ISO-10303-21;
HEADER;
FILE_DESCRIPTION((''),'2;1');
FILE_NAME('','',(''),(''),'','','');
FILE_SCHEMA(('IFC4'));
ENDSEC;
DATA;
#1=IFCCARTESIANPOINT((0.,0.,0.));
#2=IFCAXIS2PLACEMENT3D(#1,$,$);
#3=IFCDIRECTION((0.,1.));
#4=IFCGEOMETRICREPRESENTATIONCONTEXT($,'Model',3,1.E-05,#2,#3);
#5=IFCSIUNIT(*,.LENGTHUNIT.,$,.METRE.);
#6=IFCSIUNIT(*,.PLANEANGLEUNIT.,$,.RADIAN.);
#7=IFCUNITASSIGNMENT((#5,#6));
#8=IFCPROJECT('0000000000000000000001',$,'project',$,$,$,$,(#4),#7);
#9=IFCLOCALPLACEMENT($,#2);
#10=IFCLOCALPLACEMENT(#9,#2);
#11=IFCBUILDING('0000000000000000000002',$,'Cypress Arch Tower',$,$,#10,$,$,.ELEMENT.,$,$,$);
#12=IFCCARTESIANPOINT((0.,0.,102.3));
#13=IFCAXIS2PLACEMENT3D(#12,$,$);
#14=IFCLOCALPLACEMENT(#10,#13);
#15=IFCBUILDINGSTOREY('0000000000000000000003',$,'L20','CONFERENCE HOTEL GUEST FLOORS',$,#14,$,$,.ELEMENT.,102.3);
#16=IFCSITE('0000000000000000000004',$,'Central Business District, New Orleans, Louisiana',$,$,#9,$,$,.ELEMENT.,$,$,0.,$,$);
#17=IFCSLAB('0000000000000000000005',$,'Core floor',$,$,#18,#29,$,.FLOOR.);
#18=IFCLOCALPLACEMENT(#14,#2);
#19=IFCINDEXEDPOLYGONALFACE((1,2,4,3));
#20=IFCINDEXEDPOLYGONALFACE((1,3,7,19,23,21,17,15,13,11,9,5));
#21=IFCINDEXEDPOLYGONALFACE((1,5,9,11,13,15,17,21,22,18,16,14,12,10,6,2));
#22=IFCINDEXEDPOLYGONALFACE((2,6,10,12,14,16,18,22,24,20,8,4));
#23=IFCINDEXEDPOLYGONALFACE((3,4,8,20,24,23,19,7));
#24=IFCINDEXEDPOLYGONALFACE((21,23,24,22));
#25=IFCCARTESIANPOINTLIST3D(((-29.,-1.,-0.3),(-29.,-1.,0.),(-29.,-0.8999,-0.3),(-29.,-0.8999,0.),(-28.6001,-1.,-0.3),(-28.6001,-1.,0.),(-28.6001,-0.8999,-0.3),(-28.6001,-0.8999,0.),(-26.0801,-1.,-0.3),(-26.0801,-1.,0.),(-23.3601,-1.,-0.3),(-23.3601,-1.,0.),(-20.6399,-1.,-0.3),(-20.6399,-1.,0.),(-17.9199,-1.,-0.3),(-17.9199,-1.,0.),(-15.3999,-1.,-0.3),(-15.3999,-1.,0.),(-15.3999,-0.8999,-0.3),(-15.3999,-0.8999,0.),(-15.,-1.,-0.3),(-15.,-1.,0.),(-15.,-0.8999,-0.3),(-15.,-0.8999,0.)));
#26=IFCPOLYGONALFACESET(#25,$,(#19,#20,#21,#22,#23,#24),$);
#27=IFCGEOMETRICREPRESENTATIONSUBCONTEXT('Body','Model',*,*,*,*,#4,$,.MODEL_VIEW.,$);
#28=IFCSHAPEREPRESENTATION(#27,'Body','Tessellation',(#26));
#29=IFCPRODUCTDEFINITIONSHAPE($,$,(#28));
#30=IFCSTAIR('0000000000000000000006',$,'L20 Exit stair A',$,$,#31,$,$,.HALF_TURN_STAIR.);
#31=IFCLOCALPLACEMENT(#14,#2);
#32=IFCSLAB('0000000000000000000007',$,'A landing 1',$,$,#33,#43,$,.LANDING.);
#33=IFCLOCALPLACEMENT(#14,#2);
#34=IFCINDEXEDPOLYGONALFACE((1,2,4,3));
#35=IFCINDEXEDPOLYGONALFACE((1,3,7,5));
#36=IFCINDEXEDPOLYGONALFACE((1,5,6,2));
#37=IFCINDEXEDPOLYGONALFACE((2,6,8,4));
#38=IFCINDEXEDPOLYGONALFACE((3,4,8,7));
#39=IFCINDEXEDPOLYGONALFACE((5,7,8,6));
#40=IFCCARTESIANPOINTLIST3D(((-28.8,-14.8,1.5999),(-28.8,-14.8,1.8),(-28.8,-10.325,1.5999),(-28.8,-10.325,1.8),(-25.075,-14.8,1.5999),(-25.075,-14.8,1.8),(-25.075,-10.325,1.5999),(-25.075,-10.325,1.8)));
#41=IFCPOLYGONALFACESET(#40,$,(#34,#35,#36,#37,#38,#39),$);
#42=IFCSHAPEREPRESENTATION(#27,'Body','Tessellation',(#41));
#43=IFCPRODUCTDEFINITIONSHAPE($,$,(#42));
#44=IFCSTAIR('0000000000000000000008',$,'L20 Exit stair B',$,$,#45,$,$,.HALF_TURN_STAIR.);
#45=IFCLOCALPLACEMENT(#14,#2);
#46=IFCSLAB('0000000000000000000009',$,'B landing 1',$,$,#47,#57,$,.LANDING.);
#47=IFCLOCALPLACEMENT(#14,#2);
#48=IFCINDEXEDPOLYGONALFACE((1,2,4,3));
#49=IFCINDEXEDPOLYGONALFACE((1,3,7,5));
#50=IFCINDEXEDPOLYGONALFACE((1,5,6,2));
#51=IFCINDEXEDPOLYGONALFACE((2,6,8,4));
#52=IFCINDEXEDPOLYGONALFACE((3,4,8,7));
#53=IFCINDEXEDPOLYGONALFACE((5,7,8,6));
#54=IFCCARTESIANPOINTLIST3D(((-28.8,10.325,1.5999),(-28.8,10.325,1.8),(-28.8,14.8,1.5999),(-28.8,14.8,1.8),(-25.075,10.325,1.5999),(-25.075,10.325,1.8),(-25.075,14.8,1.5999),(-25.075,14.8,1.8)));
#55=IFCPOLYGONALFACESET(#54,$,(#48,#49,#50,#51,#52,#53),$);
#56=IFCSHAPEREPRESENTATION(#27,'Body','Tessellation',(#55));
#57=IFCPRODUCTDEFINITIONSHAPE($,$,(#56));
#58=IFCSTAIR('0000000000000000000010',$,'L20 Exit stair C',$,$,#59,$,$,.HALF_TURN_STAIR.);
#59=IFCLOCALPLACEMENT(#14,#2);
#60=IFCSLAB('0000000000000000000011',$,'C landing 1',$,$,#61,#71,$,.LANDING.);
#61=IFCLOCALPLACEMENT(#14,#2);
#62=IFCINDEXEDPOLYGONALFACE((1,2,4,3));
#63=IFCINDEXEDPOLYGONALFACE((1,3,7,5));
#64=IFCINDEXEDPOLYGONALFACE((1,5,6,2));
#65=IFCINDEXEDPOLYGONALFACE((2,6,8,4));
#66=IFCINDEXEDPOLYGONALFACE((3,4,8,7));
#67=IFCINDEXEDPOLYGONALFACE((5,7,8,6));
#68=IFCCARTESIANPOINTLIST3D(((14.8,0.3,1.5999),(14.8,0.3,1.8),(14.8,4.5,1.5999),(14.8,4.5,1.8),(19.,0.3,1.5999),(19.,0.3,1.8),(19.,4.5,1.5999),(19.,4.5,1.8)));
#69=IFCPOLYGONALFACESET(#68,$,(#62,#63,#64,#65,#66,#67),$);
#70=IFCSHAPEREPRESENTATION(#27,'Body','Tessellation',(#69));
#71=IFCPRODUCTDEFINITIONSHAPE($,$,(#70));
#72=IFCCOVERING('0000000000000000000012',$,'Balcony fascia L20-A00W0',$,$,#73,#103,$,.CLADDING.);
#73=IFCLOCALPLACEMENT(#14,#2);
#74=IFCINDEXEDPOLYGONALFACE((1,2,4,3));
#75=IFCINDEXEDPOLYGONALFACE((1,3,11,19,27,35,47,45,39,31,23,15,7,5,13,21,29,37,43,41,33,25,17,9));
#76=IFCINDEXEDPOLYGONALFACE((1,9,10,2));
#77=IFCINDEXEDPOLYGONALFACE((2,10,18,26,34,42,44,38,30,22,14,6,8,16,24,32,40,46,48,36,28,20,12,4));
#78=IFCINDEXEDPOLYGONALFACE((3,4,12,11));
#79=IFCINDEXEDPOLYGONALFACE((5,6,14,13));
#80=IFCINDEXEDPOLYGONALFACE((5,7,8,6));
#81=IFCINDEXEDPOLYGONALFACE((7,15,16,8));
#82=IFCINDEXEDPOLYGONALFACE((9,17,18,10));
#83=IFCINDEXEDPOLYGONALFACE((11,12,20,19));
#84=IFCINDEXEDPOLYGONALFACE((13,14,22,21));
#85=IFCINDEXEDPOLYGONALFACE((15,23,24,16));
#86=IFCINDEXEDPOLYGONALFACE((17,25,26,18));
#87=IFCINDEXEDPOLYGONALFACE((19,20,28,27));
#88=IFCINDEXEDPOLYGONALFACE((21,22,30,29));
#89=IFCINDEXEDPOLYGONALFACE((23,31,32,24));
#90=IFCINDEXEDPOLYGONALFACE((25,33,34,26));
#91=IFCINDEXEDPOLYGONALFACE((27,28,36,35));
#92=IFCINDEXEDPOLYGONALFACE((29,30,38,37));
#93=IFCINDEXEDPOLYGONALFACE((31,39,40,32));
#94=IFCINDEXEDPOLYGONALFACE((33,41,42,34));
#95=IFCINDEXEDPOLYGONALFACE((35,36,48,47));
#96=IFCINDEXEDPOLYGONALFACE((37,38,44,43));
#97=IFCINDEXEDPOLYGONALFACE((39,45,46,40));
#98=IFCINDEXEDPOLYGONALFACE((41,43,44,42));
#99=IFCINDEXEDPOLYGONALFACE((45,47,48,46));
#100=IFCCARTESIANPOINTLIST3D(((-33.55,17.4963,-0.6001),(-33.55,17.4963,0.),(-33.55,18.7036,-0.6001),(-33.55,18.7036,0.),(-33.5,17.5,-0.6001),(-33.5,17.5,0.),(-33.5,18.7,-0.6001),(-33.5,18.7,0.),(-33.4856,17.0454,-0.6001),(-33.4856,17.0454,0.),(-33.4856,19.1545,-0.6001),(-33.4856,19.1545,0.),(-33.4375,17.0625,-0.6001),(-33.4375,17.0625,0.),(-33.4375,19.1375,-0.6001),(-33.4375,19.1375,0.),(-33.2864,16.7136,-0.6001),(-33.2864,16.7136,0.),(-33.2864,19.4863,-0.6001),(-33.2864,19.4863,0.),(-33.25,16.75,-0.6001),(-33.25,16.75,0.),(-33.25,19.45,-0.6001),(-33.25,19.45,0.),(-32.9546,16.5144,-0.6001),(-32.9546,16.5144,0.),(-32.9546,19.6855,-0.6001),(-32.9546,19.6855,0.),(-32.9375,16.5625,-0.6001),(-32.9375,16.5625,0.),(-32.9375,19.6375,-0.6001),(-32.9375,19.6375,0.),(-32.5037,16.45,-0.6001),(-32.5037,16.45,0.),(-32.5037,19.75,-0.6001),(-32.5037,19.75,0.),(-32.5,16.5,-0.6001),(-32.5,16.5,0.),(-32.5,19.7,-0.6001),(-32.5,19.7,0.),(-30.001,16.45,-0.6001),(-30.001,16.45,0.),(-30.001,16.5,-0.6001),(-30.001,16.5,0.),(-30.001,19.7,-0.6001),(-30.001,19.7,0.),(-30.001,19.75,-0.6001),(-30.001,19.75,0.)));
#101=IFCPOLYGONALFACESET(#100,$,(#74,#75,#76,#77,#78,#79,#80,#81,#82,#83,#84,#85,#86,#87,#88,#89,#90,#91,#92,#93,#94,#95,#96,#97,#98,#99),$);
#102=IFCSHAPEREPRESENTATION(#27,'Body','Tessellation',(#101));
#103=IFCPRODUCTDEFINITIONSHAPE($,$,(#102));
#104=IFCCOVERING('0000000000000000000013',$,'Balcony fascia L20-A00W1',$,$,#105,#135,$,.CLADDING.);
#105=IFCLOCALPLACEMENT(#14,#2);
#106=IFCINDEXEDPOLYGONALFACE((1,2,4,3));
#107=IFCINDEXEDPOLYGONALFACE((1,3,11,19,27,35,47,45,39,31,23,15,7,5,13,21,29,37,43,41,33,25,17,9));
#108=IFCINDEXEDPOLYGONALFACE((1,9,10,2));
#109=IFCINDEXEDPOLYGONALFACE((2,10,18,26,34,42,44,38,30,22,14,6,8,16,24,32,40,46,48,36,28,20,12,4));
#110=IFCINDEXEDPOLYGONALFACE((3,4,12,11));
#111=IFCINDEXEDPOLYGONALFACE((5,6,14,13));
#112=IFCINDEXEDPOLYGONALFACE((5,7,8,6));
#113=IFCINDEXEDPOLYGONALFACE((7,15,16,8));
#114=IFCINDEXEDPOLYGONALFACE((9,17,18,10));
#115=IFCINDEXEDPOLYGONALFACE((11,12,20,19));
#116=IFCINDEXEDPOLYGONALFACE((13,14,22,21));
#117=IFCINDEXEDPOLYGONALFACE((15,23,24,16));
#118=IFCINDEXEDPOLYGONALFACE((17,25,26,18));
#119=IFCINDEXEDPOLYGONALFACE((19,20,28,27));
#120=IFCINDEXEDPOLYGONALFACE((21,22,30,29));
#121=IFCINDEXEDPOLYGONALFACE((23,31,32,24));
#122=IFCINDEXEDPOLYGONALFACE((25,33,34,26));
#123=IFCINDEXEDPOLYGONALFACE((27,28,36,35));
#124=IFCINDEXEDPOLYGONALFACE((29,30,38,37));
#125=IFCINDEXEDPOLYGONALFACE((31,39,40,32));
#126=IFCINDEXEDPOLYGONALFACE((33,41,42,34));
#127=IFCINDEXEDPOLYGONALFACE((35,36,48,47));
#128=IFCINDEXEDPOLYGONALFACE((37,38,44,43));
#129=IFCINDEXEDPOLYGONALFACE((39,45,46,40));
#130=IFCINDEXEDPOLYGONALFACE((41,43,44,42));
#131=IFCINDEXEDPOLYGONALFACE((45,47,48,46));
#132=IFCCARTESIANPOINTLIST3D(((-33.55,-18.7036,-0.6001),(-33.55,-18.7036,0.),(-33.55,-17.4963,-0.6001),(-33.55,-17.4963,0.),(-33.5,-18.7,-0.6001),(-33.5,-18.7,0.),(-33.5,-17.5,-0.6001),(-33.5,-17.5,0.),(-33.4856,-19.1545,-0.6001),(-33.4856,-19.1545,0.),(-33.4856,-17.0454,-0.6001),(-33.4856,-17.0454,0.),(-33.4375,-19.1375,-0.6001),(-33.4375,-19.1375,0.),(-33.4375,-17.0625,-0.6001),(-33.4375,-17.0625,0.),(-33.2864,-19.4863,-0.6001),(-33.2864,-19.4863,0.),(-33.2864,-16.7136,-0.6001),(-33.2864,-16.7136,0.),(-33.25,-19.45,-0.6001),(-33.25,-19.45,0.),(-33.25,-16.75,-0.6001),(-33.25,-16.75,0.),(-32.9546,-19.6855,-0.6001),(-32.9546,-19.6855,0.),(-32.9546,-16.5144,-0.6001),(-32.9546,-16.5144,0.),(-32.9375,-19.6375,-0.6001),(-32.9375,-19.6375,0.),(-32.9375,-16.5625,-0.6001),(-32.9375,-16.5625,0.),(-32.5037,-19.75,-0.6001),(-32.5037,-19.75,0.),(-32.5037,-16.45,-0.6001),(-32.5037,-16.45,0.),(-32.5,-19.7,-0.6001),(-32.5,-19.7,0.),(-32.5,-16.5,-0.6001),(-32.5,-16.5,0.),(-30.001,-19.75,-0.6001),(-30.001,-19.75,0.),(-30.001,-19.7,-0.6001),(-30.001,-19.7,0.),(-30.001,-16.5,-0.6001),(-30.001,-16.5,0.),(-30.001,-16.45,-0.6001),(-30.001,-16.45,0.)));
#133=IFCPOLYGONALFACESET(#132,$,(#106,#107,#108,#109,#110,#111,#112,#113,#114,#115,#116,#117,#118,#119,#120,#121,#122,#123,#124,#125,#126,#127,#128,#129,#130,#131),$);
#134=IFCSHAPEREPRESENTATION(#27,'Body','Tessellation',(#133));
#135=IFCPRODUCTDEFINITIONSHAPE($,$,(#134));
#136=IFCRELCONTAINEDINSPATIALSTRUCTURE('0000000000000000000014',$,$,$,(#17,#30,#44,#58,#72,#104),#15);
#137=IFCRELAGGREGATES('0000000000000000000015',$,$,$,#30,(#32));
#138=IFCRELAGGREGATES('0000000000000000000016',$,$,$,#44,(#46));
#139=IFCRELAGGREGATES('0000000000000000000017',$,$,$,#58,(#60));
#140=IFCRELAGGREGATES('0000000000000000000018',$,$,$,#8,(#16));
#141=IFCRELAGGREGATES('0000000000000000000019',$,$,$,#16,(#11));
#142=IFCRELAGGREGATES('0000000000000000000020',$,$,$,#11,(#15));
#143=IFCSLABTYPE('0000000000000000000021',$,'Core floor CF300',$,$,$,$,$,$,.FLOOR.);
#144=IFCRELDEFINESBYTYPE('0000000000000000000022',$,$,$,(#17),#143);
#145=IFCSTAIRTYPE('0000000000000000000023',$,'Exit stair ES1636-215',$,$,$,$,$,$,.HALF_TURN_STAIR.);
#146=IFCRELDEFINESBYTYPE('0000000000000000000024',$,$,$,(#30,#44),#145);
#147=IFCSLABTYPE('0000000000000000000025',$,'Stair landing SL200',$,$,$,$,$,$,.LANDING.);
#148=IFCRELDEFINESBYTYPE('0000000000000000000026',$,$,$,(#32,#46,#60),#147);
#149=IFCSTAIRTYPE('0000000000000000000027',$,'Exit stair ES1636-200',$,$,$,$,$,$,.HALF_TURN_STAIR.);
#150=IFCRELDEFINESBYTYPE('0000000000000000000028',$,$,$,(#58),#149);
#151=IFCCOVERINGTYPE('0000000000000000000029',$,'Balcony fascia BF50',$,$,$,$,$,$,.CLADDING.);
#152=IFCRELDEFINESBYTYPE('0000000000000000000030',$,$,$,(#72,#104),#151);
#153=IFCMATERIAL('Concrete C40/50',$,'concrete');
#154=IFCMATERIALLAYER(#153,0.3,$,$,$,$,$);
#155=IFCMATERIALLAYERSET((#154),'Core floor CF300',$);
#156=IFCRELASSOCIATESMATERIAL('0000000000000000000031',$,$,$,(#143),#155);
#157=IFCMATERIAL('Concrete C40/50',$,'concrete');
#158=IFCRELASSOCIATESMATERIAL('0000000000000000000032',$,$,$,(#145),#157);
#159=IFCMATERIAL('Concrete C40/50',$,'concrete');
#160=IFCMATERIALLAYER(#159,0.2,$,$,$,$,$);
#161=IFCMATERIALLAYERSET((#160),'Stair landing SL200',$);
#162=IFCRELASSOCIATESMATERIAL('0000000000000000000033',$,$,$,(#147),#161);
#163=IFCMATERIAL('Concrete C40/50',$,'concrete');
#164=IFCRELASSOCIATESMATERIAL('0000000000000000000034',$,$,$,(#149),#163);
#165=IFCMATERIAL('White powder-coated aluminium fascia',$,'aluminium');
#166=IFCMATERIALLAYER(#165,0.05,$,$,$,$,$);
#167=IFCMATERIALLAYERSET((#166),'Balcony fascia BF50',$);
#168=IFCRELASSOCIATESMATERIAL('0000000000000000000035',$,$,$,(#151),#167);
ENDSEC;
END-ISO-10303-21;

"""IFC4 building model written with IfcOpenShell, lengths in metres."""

from ifc_helpers import new_model, si_unit, direction, frame, origin, place, context, subcontext, project, spatial, polyline, outline, extrude, material, layer, layer_set, type_object, element, aggregate, save


model = new_model("IFC4")

# Units and contexts
model_context = context("Model", 3, precision=1e-05, world=origin(), true_north=direction((0.0, 1.0)))
body_context = subcontext(model_context, "Body", "Model", "MODEL_VIEW")
ifc_project = project(units=[si_unit("LENGTHUNIT", "METRE"), si_unit("PLANEANGLEUNIT", "RADIAN")], contexts=[model_context])

# Site, building, storey
site_placement = place(None, origin())
site = spatial("IfcSite", under=ifc_project, at=site_placement, Name="Central Business District, New Orleans, Louisiana", CompositionType="ELEMENT", RefElevation=0.0)
building_placement = place(site_placement, origin())
building = spatial("IfcBuilding", under=site, at=building_placement, Name="Cypress Arch Tower", CompositionType="ELEMENT")
storey_placement = place(building_placement, frame((0.0, 0.0, 102.3)))
storey = spatial("IfcBuildingStorey", under=building, at=storey_placement, Name="L20", Description="CONFERENCE HOTEL GUEST FLOORS", CompositionType="ELEMENT", Elevation=102.3)

# Slab
ifc_material_1 = material(Name="Concrete C40/50", Category="concrete")
ifc_layer_1 = layer(ifc_material_1, 0.3)
ifc_layer_set_1 = layer_set([ifc_layer_1], Name="Core floor CF300")
slab_type_1 = type_object("IfcSlabType", Name="Core floor CF300", PredefinedType="FLOOR", material=ifc_layer_set_1)
slab_1_placement = place(storey_placement, frame((0.0, 0.0, -0.3)))
element("IfcSlab", 1, at=slab_1_placement, inside=storey, type_object=slab_type_1, Name="Core floor", PredefinedType="FLOOR", context=body_context, shape_type="SweptSolid", body=[
    extrude(outline(polyline([(-20.6399, -1.0), (-23.3601, -1.0), (-26.0801, -1.0), (-28.6001, -1.0), (-29.0, -1.0), (-29.0, -0.8999), (-28.6001, -0.8999), (-15.3999, -0.8999), (-15.0, -0.8999), (-15.0, -1.0), (-15.3999, -1.0), (-17.9199, -1.0), (-20.6399, -1.0)])), origin(), (0.0, 0.0, 1.0), 0.3),
])

# Stairs, slabs
ifc_material_2 = material(Name="Concrete C40/50", Category="concrete")
stair_type_1 = type_object("IfcStairType", Name="Exit stair ES1636-215", PredefinedType="HALF_TURN_STAIR", material=ifc_material_2)
stair_1_placement = place(storey_placement, origin())
stair_1 = element("IfcStair", 2, at=stair_1_placement, inside=storey, type_object=stair_type_1, Name="L20 Exit stair A", PredefinedType="HALF_TURN_STAIR")
ifc_material_3 = material(Name="Concrete C40/50", Category="concrete")
ifc_layer_2 = layer(ifc_material_3, 0.2)
ifc_layer_set_2 = layer_set([ifc_layer_2], Name="Stair landing SL200")
slab_type_2 = type_object("IfcSlabType", Name="Stair landing SL200", PredefinedType="LANDING", material=ifc_layer_set_2)
slab_2_placement = place(storey_placement, frame((0.0, 0.0, 1.5999)))
slab_2 = element("IfcSlab", 3, at=slab_2_placement, type_object=slab_type_2, Name="A landing 1", PredefinedType="LANDING", context=body_context, shape_type="SweptSolid", body=[
    extrude(outline(polyline([(-25.075, -10.325), (-28.8, -10.325), (-28.8, -14.8), (-25.075, -14.8), (-25.075, -10.325)])), origin(), (0.0, 0.0, 1.0), 0.2002),
])
aggregate(stair_1, [slab_2])
stair_2_placement = place(storey_placement, origin())
stair_2 = element("IfcStair", 4, at=stair_2_placement, inside=storey, type_object=stair_type_1, Name="L20 Exit stair B", PredefinedType="HALF_TURN_STAIR")
slab_3_placement = place(storey_placement, frame((0.0, 0.0, 1.5999)))
slab_3 = element("IfcSlab", 5, at=slab_3_placement, type_object=slab_type_2, Name="B landing 1", PredefinedType="LANDING", context=body_context, shape_type="SweptSolid", body=[
    extrude(outline(polyline([(-25.075, 14.8), (-28.8, 14.8), (-28.8, 10.325), (-25.075, 10.325), (-25.075, 14.8)])), origin(), (0.0, 0.0, 1.0), 0.2002),
])
aggregate(stair_2, [slab_3])
ifc_material_4 = material(Name="Concrete C40/50", Category="concrete")
stair_type_2 = type_object("IfcStairType", Name="Exit stair ES1636-200", PredefinedType="HALF_TURN_STAIR", material=ifc_material_4)
stair_3_placement = place(storey_placement, origin())
stair_3 = element("IfcStair", 6, at=stair_3_placement, inside=storey, type_object=stair_type_2, Name="L20 Exit stair C", PredefinedType="HALF_TURN_STAIR")
slab_4_placement = place(storey_placement, frame((0.0, 0.0, 1.5999)))
slab_4 = element("IfcSlab", 7, at=slab_4_placement, type_object=slab_type_2, Name="C landing 1", PredefinedType="LANDING", context=body_context, shape_type="SweptSolid", body=[
    extrude(outline(polyline([(19.0, 0.3), (19.0, 4.5), (14.8, 4.5), (14.8, 0.3), (19.0, 0.3)])), origin(), (0.0, 0.0, 1.0), 0.2002),
])
aggregate(stair_3, [slab_4])

# Coverings
ifc_material_5 = material(Name="White powder-coated aluminium fascia", Category="aluminium")
ifc_layer_3 = layer(ifc_material_5, 0.05)
ifc_layer_set_3 = layer_set([ifc_layer_3], Name="Balcony fascia BF50")
covering_type_1 = type_object("IfcCoveringType", Name="Balcony fascia BF50", PredefinedType="CLADDING", material=ifc_layer_set_3)
covering_1_placement = place(storey_placement, frame((0.0, 0.0, -0.6001)))
element("IfcCovering", 8, at=covering_1_placement, inside=storey, type_object=covering_type_1, Name="Balcony fascia L20-A00W0", PredefinedType="CLADDING", context=body_context, shape_type="SweptSolid", body=[
    extrude(outline(polyline([(-32.5037, 16.45), (-32.9546, 16.5144), (-33.2864, 16.7136), (-33.4856, 17.0454), (-33.55, 17.4963), (-33.55, 18.7036), (-33.4856, 19.1545), (-33.2864, 19.4863), (-32.9546, 19.6855), (-32.5037, 19.75), (-30.001, 19.75), (-30.001, 19.7), (-32.5, 19.7), (-32.9375, 19.6375), (-33.25, 19.45), (-33.4375, 19.1375), (-33.5, 18.7), (-33.5, 17.5), (-33.4375, 17.0625), (-33.25, 16.75), (-32.9375, 16.5625), (-32.5, 16.5), (-30.001, 16.5), (-30.001, 16.45), (-32.5037, 16.45)])), origin(), (0.0, 0.0, 1.0), 0.6001),
])
covering_2_placement = place(storey_placement, frame((0.0, 0.0, -0.6001)))
element("IfcCovering", 9, at=covering_2_placement, inside=storey, type_object=covering_type_1, Name="Balcony fascia L20-A00W1", PredefinedType="CLADDING", context=body_context, shape_type="SweptSolid", body=[
    extrude(outline(polyline([(-32.5037, -19.75), (-32.9546, -19.6855), (-33.2864, -19.4863), (-33.4856, -19.1545), (-33.55, -18.7036), (-33.55, -17.4963), (-33.4856, -17.0454), (-33.2864, -16.7136), (-32.9546, -16.5144), (-32.5037, -16.45), (-30.001, -16.45), (-30.001, -16.5), (-32.5, -16.5), (-32.9375, -16.5625), (-33.25, -16.75), (-33.4375, -17.0625), (-33.5, -17.5), (-33.5, -18.7), (-33.4375, -19.1375), (-33.25, -19.45), (-32.9375, -19.6375), (-32.5, -19.7), (-30.001, -19.7), (-30.001, -19.75), (-32.5037, -19.75)])), origin(), (0.0, 0.0, 1.0), 0.6001),
])

save(model, "model.ifc")
